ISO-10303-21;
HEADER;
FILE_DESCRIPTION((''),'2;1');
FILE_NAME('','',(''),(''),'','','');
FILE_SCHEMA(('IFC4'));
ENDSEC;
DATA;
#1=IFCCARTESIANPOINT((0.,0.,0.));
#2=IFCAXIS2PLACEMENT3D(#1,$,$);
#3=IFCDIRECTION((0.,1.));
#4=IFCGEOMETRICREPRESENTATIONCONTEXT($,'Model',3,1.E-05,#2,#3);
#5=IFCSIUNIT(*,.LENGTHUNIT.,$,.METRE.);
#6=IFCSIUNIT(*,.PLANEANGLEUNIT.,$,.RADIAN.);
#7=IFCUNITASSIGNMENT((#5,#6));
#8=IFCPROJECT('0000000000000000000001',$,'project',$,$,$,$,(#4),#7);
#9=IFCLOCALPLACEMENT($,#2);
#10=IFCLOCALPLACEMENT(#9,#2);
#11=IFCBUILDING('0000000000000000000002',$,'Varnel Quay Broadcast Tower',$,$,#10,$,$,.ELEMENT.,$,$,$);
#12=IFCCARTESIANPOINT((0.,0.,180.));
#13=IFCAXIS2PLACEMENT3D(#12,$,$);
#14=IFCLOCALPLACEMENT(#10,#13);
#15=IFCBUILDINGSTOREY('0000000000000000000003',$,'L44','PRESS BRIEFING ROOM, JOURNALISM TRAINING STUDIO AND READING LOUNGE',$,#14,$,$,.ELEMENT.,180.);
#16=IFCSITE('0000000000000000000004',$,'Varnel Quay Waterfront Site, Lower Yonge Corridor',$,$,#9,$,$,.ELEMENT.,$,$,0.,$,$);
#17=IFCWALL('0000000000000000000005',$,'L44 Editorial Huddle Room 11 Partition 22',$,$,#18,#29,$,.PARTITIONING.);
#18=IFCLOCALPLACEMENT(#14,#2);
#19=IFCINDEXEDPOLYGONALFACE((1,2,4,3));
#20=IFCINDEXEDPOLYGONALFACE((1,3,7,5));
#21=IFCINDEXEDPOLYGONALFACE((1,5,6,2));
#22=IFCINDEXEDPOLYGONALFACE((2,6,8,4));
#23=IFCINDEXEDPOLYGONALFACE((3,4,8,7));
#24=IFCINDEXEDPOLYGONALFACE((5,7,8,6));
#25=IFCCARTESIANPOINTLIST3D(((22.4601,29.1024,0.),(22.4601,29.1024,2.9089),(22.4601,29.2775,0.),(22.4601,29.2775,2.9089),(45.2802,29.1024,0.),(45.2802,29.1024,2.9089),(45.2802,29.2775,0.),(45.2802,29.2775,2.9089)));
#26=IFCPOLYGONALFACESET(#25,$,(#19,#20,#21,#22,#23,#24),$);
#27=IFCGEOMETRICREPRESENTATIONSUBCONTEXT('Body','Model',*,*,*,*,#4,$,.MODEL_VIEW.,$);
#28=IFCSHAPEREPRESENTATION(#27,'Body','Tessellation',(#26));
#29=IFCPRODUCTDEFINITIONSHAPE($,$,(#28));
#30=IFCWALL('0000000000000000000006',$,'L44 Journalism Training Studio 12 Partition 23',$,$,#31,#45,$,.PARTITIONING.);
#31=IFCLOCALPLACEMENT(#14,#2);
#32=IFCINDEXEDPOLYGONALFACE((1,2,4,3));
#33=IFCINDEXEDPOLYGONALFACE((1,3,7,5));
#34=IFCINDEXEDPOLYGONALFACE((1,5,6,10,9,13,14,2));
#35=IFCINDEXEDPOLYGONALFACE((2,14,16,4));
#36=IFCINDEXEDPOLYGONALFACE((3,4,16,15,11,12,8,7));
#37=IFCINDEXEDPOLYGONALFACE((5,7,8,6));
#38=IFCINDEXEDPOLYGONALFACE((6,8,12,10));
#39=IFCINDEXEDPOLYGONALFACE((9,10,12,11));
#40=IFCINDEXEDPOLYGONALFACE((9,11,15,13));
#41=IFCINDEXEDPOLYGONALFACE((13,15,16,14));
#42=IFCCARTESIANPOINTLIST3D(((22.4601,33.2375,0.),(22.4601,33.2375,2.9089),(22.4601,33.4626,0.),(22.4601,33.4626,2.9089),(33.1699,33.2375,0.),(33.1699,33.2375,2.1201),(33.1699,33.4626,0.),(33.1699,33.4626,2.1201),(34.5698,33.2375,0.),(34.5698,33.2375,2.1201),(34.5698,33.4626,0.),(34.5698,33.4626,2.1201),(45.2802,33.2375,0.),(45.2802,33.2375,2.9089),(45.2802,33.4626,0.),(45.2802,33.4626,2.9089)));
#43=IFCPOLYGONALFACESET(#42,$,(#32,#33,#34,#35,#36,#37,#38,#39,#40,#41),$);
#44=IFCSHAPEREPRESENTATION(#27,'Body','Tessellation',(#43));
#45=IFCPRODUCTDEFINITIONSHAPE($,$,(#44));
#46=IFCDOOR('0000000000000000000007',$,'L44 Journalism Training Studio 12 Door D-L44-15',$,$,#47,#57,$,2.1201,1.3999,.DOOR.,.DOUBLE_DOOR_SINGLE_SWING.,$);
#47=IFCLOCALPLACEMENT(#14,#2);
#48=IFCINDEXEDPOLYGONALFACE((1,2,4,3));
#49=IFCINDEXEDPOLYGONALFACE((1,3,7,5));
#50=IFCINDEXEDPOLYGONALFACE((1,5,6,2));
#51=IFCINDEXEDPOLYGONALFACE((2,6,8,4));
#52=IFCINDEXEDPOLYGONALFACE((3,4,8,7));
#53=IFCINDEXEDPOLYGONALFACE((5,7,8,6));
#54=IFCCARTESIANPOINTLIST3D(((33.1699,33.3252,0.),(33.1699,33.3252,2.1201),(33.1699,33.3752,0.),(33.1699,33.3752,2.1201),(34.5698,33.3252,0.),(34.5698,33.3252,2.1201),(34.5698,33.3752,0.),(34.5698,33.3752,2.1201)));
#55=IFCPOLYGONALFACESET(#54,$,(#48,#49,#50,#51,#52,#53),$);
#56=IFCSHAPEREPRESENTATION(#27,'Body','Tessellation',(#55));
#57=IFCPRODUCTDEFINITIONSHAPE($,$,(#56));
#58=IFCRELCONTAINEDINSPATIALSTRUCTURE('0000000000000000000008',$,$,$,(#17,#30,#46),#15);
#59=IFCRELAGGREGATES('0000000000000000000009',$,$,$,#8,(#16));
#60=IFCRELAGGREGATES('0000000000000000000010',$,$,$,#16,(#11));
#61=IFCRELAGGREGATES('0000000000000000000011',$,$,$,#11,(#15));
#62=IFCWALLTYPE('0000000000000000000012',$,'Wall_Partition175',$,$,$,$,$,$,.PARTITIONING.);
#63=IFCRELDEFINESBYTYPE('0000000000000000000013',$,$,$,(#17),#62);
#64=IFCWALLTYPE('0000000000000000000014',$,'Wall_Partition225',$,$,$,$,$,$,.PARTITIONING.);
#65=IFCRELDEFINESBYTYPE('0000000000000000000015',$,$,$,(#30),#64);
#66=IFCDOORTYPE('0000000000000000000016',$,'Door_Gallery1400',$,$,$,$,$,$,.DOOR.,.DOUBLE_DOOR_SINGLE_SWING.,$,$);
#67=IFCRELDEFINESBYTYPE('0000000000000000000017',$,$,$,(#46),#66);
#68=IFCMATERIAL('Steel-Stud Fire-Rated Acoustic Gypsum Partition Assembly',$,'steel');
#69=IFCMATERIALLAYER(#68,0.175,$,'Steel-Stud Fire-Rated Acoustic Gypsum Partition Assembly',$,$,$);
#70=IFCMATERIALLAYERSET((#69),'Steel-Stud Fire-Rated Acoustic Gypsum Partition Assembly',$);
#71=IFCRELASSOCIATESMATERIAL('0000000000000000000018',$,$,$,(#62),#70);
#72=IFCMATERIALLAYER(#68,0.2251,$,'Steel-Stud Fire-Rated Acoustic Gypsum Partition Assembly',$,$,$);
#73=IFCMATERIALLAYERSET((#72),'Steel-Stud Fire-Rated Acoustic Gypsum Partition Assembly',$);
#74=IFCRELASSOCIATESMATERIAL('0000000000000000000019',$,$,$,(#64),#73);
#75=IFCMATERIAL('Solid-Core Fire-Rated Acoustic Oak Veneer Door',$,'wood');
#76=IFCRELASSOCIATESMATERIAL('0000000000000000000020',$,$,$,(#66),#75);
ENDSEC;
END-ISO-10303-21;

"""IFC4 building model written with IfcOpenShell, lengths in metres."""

from ifc_helpers import new_model, si_unit, direction, frame, frame_2d, origin, place, context, subcontext, project, spatial, rectangle, extrude, source, transform, mapped, material, layer, layer_set, type_object, type_shapes, element, fill, save


model = new_model("IFC4")

# Units and contexts
model_context = context("Model", 3, precision=1e-05, world=origin(), true_north=direction((0.0, 1.0)))
body_context = subcontext(model_context, "Body", "Model", "MODEL_VIEW")
ifc_project = project(units=[si_unit("LENGTHUNIT", "METRE"), si_unit("PLANEANGLEUNIT", "RADIAN")], contexts=[model_context])

# Site, building, storey
site_placement = place(None, origin())
site = spatial("IfcSite", under=ifc_project, at=site_placement, Name="Varnel Quay Waterfront Site, Lower Yonge Corridor", CompositionType="ELEMENT", RefElevation=0.0)
building_placement = place(site_placement, origin())
building = spatial("IfcBuilding", under=site, at=building_placement, Name="Varnel Quay Broadcast Tower", CompositionType="ELEMENT")
storey_placement = place(building_placement, frame((0.0, 0.0, 180.0)))
storey = spatial("IfcBuildingStorey", under=building, at=storey_placement, Name="L44", Description="PRESS BRIEFING ROOM, JOURNALISM TRAINING STUDIO AND READING LOUNGE", CompositionType="ELEMENT", Elevation=180.0)

# Shared definitions
ifc_material_1 = material(Name="Steel-Stud Fire-Rated Acoustic Gypsum Partition Assembly", Category="steel")
ifc_material_2 = material(Name="Solid-Core Fire-Rated Acoustic Oak Veneer Door", Category="wood")

# Wall
ifc_layer_1 = layer(ifc_material_1, 0.175, Name="Steel-Stud Fire-Rated Acoustic Gypsum Partition Assembly")
ifc_layer_set_1 = layer_set([ifc_layer_1], Name="Steel-Stud Fire-Rated Acoustic Gypsum Partition Assembly")
wall_type_1 = type_object("IfcWallType", Name="Wall_Partition175", PredefinedType="PARTITIONING", material=ifc_layer_set_1)
for number, where, z_axis, x_axis, name in (
    (1, (22.46, 29.1899, 0.0), (0.0, 0.0, 1.0), (1.0, 0.0, 0.0), "L44 Editorial Huddle Room 11 Partition 22"),
):
    element("IfcWall", number, at=place(storey_placement, frame(where, z_axis=z_axis, x_axis=x_axis)), inside=storey, type_object=wall_type_1, Name=name, PredefinedType="PARTITIONING", context=body_context, shape_type="SweptSolid", body=[
        extrude(rectangle(XDim=22.8201, YDim=0.175, at=frame_2d((11.4102, 0.0))), origin(), (0.0, 0.0, 1.0), 2.9089),
    ])

# Wall, opening, door
ifc_layer_2 = layer(ifc_material_1, 0.2251, Name="Steel-Stud Fire-Rated Acoustic Gypsum Partition Assembly")
ifc_layer_set_2 = layer_set([ifc_layer_2], Name="Steel-Stud Fire-Rated Acoustic Gypsum Partition Assembly")
wall_type_2 = type_object("IfcWallType", Name="Wall_Partition225", PredefinedType="PARTITIONING", material=ifc_layer_set_2)
wall_1_placement = place(storey_placement, frame((22.46, 33.3501, 0.0), z_axis=(0.0, 0.0, 1.0), x_axis=(1.0, 0.0, 0.0)))
wall_1 = element("IfcWall", 2, at=wall_1_placement, inside=storey, type_object=wall_type_2, Name="L44 Journalism Training Studio 12 Partition 23", PredefinedType="PARTITIONING", context=body_context, shape_type="SweptSolid", body=[
    extrude(rectangle(XDim=22.8201, YDim=0.2251, at=frame_2d((11.4102, 0.0))), origin(), (0.0, 0.0, 1.0), 2.9089),
])
opening_1_placement = place(wall_1_placement, frame((10.71, 0.0, 0.0)))
opening_1 = element("IfcOpeningElement", 3, at=opening_1_placement, cuts=wall_1, PredefinedType="OPENING", context=body_context, shape_type="SweptSolid", body=[
    extrude(rectangle(XDim=1.3999, YDim=2.1201, at=frame_2d((0.7, 1.0601))), frame((0.0, 0.1226, 0.0), z_axis=(0.0, -1.0, 0.0), x_axis=(1.0, 0.0, 0.0)), (0.0, 0.0, 1.0), 0.2451),
])
door_type_1 = type_object("IfcDoorType", Name="Door_Gallery1400", OperationType="DOUBLE_DOOR_SINGLE_SWING", PredefinedType="DOOR", material=ifc_material_2)
shared_shape_1 = source(origin(), body_context, "Body", "SweptSolid", [
    extrude(rectangle(XDim=1.3999, YDim=2.1201, at=frame_2d((0.7, 1.0601))), frame((0.0, 0.0249, 0.0), z_axis=(0.0, -1.0, 0.0), x_axis=(1.0, 0.0, 0.0)), (0.0, 0.0, 1.0), 0.05),
])
type_shapes(door_type_1, [shared_shape_1])
door_1_placement = place(opening_1_placement, frame((1.3999, 0.0, 0.0), z_axis=(0.0, 0.0, 1.0), x_axis=(-1.0, 0.0, 0.0)))
door_1 = element("IfcDoor", 4, at=door_1_placement, inside=storey, type_object=door_type_1, Name="L44 Journalism Training Studio 12 Door D-L44-15", OperationType="DOUBLE_DOOR_SINGLE_SWING", OverallHeight=2.1201, OverallWidth=1.3999, PredefinedType="DOOR", context=body_context, shape_type="MappedRepresentation", body=[
    mapped(shared_shape_1, transform((0.0, 0.0, 0.0), x_axis=(1.0, 0.0, 0.0), y_axis=(0.0, 1.0, 0.0), z_axis=(0.0, 0.0, 1.0), scale=1.0)),
])
fill(opening_1, door_1)

save(model, "model.ifc")
